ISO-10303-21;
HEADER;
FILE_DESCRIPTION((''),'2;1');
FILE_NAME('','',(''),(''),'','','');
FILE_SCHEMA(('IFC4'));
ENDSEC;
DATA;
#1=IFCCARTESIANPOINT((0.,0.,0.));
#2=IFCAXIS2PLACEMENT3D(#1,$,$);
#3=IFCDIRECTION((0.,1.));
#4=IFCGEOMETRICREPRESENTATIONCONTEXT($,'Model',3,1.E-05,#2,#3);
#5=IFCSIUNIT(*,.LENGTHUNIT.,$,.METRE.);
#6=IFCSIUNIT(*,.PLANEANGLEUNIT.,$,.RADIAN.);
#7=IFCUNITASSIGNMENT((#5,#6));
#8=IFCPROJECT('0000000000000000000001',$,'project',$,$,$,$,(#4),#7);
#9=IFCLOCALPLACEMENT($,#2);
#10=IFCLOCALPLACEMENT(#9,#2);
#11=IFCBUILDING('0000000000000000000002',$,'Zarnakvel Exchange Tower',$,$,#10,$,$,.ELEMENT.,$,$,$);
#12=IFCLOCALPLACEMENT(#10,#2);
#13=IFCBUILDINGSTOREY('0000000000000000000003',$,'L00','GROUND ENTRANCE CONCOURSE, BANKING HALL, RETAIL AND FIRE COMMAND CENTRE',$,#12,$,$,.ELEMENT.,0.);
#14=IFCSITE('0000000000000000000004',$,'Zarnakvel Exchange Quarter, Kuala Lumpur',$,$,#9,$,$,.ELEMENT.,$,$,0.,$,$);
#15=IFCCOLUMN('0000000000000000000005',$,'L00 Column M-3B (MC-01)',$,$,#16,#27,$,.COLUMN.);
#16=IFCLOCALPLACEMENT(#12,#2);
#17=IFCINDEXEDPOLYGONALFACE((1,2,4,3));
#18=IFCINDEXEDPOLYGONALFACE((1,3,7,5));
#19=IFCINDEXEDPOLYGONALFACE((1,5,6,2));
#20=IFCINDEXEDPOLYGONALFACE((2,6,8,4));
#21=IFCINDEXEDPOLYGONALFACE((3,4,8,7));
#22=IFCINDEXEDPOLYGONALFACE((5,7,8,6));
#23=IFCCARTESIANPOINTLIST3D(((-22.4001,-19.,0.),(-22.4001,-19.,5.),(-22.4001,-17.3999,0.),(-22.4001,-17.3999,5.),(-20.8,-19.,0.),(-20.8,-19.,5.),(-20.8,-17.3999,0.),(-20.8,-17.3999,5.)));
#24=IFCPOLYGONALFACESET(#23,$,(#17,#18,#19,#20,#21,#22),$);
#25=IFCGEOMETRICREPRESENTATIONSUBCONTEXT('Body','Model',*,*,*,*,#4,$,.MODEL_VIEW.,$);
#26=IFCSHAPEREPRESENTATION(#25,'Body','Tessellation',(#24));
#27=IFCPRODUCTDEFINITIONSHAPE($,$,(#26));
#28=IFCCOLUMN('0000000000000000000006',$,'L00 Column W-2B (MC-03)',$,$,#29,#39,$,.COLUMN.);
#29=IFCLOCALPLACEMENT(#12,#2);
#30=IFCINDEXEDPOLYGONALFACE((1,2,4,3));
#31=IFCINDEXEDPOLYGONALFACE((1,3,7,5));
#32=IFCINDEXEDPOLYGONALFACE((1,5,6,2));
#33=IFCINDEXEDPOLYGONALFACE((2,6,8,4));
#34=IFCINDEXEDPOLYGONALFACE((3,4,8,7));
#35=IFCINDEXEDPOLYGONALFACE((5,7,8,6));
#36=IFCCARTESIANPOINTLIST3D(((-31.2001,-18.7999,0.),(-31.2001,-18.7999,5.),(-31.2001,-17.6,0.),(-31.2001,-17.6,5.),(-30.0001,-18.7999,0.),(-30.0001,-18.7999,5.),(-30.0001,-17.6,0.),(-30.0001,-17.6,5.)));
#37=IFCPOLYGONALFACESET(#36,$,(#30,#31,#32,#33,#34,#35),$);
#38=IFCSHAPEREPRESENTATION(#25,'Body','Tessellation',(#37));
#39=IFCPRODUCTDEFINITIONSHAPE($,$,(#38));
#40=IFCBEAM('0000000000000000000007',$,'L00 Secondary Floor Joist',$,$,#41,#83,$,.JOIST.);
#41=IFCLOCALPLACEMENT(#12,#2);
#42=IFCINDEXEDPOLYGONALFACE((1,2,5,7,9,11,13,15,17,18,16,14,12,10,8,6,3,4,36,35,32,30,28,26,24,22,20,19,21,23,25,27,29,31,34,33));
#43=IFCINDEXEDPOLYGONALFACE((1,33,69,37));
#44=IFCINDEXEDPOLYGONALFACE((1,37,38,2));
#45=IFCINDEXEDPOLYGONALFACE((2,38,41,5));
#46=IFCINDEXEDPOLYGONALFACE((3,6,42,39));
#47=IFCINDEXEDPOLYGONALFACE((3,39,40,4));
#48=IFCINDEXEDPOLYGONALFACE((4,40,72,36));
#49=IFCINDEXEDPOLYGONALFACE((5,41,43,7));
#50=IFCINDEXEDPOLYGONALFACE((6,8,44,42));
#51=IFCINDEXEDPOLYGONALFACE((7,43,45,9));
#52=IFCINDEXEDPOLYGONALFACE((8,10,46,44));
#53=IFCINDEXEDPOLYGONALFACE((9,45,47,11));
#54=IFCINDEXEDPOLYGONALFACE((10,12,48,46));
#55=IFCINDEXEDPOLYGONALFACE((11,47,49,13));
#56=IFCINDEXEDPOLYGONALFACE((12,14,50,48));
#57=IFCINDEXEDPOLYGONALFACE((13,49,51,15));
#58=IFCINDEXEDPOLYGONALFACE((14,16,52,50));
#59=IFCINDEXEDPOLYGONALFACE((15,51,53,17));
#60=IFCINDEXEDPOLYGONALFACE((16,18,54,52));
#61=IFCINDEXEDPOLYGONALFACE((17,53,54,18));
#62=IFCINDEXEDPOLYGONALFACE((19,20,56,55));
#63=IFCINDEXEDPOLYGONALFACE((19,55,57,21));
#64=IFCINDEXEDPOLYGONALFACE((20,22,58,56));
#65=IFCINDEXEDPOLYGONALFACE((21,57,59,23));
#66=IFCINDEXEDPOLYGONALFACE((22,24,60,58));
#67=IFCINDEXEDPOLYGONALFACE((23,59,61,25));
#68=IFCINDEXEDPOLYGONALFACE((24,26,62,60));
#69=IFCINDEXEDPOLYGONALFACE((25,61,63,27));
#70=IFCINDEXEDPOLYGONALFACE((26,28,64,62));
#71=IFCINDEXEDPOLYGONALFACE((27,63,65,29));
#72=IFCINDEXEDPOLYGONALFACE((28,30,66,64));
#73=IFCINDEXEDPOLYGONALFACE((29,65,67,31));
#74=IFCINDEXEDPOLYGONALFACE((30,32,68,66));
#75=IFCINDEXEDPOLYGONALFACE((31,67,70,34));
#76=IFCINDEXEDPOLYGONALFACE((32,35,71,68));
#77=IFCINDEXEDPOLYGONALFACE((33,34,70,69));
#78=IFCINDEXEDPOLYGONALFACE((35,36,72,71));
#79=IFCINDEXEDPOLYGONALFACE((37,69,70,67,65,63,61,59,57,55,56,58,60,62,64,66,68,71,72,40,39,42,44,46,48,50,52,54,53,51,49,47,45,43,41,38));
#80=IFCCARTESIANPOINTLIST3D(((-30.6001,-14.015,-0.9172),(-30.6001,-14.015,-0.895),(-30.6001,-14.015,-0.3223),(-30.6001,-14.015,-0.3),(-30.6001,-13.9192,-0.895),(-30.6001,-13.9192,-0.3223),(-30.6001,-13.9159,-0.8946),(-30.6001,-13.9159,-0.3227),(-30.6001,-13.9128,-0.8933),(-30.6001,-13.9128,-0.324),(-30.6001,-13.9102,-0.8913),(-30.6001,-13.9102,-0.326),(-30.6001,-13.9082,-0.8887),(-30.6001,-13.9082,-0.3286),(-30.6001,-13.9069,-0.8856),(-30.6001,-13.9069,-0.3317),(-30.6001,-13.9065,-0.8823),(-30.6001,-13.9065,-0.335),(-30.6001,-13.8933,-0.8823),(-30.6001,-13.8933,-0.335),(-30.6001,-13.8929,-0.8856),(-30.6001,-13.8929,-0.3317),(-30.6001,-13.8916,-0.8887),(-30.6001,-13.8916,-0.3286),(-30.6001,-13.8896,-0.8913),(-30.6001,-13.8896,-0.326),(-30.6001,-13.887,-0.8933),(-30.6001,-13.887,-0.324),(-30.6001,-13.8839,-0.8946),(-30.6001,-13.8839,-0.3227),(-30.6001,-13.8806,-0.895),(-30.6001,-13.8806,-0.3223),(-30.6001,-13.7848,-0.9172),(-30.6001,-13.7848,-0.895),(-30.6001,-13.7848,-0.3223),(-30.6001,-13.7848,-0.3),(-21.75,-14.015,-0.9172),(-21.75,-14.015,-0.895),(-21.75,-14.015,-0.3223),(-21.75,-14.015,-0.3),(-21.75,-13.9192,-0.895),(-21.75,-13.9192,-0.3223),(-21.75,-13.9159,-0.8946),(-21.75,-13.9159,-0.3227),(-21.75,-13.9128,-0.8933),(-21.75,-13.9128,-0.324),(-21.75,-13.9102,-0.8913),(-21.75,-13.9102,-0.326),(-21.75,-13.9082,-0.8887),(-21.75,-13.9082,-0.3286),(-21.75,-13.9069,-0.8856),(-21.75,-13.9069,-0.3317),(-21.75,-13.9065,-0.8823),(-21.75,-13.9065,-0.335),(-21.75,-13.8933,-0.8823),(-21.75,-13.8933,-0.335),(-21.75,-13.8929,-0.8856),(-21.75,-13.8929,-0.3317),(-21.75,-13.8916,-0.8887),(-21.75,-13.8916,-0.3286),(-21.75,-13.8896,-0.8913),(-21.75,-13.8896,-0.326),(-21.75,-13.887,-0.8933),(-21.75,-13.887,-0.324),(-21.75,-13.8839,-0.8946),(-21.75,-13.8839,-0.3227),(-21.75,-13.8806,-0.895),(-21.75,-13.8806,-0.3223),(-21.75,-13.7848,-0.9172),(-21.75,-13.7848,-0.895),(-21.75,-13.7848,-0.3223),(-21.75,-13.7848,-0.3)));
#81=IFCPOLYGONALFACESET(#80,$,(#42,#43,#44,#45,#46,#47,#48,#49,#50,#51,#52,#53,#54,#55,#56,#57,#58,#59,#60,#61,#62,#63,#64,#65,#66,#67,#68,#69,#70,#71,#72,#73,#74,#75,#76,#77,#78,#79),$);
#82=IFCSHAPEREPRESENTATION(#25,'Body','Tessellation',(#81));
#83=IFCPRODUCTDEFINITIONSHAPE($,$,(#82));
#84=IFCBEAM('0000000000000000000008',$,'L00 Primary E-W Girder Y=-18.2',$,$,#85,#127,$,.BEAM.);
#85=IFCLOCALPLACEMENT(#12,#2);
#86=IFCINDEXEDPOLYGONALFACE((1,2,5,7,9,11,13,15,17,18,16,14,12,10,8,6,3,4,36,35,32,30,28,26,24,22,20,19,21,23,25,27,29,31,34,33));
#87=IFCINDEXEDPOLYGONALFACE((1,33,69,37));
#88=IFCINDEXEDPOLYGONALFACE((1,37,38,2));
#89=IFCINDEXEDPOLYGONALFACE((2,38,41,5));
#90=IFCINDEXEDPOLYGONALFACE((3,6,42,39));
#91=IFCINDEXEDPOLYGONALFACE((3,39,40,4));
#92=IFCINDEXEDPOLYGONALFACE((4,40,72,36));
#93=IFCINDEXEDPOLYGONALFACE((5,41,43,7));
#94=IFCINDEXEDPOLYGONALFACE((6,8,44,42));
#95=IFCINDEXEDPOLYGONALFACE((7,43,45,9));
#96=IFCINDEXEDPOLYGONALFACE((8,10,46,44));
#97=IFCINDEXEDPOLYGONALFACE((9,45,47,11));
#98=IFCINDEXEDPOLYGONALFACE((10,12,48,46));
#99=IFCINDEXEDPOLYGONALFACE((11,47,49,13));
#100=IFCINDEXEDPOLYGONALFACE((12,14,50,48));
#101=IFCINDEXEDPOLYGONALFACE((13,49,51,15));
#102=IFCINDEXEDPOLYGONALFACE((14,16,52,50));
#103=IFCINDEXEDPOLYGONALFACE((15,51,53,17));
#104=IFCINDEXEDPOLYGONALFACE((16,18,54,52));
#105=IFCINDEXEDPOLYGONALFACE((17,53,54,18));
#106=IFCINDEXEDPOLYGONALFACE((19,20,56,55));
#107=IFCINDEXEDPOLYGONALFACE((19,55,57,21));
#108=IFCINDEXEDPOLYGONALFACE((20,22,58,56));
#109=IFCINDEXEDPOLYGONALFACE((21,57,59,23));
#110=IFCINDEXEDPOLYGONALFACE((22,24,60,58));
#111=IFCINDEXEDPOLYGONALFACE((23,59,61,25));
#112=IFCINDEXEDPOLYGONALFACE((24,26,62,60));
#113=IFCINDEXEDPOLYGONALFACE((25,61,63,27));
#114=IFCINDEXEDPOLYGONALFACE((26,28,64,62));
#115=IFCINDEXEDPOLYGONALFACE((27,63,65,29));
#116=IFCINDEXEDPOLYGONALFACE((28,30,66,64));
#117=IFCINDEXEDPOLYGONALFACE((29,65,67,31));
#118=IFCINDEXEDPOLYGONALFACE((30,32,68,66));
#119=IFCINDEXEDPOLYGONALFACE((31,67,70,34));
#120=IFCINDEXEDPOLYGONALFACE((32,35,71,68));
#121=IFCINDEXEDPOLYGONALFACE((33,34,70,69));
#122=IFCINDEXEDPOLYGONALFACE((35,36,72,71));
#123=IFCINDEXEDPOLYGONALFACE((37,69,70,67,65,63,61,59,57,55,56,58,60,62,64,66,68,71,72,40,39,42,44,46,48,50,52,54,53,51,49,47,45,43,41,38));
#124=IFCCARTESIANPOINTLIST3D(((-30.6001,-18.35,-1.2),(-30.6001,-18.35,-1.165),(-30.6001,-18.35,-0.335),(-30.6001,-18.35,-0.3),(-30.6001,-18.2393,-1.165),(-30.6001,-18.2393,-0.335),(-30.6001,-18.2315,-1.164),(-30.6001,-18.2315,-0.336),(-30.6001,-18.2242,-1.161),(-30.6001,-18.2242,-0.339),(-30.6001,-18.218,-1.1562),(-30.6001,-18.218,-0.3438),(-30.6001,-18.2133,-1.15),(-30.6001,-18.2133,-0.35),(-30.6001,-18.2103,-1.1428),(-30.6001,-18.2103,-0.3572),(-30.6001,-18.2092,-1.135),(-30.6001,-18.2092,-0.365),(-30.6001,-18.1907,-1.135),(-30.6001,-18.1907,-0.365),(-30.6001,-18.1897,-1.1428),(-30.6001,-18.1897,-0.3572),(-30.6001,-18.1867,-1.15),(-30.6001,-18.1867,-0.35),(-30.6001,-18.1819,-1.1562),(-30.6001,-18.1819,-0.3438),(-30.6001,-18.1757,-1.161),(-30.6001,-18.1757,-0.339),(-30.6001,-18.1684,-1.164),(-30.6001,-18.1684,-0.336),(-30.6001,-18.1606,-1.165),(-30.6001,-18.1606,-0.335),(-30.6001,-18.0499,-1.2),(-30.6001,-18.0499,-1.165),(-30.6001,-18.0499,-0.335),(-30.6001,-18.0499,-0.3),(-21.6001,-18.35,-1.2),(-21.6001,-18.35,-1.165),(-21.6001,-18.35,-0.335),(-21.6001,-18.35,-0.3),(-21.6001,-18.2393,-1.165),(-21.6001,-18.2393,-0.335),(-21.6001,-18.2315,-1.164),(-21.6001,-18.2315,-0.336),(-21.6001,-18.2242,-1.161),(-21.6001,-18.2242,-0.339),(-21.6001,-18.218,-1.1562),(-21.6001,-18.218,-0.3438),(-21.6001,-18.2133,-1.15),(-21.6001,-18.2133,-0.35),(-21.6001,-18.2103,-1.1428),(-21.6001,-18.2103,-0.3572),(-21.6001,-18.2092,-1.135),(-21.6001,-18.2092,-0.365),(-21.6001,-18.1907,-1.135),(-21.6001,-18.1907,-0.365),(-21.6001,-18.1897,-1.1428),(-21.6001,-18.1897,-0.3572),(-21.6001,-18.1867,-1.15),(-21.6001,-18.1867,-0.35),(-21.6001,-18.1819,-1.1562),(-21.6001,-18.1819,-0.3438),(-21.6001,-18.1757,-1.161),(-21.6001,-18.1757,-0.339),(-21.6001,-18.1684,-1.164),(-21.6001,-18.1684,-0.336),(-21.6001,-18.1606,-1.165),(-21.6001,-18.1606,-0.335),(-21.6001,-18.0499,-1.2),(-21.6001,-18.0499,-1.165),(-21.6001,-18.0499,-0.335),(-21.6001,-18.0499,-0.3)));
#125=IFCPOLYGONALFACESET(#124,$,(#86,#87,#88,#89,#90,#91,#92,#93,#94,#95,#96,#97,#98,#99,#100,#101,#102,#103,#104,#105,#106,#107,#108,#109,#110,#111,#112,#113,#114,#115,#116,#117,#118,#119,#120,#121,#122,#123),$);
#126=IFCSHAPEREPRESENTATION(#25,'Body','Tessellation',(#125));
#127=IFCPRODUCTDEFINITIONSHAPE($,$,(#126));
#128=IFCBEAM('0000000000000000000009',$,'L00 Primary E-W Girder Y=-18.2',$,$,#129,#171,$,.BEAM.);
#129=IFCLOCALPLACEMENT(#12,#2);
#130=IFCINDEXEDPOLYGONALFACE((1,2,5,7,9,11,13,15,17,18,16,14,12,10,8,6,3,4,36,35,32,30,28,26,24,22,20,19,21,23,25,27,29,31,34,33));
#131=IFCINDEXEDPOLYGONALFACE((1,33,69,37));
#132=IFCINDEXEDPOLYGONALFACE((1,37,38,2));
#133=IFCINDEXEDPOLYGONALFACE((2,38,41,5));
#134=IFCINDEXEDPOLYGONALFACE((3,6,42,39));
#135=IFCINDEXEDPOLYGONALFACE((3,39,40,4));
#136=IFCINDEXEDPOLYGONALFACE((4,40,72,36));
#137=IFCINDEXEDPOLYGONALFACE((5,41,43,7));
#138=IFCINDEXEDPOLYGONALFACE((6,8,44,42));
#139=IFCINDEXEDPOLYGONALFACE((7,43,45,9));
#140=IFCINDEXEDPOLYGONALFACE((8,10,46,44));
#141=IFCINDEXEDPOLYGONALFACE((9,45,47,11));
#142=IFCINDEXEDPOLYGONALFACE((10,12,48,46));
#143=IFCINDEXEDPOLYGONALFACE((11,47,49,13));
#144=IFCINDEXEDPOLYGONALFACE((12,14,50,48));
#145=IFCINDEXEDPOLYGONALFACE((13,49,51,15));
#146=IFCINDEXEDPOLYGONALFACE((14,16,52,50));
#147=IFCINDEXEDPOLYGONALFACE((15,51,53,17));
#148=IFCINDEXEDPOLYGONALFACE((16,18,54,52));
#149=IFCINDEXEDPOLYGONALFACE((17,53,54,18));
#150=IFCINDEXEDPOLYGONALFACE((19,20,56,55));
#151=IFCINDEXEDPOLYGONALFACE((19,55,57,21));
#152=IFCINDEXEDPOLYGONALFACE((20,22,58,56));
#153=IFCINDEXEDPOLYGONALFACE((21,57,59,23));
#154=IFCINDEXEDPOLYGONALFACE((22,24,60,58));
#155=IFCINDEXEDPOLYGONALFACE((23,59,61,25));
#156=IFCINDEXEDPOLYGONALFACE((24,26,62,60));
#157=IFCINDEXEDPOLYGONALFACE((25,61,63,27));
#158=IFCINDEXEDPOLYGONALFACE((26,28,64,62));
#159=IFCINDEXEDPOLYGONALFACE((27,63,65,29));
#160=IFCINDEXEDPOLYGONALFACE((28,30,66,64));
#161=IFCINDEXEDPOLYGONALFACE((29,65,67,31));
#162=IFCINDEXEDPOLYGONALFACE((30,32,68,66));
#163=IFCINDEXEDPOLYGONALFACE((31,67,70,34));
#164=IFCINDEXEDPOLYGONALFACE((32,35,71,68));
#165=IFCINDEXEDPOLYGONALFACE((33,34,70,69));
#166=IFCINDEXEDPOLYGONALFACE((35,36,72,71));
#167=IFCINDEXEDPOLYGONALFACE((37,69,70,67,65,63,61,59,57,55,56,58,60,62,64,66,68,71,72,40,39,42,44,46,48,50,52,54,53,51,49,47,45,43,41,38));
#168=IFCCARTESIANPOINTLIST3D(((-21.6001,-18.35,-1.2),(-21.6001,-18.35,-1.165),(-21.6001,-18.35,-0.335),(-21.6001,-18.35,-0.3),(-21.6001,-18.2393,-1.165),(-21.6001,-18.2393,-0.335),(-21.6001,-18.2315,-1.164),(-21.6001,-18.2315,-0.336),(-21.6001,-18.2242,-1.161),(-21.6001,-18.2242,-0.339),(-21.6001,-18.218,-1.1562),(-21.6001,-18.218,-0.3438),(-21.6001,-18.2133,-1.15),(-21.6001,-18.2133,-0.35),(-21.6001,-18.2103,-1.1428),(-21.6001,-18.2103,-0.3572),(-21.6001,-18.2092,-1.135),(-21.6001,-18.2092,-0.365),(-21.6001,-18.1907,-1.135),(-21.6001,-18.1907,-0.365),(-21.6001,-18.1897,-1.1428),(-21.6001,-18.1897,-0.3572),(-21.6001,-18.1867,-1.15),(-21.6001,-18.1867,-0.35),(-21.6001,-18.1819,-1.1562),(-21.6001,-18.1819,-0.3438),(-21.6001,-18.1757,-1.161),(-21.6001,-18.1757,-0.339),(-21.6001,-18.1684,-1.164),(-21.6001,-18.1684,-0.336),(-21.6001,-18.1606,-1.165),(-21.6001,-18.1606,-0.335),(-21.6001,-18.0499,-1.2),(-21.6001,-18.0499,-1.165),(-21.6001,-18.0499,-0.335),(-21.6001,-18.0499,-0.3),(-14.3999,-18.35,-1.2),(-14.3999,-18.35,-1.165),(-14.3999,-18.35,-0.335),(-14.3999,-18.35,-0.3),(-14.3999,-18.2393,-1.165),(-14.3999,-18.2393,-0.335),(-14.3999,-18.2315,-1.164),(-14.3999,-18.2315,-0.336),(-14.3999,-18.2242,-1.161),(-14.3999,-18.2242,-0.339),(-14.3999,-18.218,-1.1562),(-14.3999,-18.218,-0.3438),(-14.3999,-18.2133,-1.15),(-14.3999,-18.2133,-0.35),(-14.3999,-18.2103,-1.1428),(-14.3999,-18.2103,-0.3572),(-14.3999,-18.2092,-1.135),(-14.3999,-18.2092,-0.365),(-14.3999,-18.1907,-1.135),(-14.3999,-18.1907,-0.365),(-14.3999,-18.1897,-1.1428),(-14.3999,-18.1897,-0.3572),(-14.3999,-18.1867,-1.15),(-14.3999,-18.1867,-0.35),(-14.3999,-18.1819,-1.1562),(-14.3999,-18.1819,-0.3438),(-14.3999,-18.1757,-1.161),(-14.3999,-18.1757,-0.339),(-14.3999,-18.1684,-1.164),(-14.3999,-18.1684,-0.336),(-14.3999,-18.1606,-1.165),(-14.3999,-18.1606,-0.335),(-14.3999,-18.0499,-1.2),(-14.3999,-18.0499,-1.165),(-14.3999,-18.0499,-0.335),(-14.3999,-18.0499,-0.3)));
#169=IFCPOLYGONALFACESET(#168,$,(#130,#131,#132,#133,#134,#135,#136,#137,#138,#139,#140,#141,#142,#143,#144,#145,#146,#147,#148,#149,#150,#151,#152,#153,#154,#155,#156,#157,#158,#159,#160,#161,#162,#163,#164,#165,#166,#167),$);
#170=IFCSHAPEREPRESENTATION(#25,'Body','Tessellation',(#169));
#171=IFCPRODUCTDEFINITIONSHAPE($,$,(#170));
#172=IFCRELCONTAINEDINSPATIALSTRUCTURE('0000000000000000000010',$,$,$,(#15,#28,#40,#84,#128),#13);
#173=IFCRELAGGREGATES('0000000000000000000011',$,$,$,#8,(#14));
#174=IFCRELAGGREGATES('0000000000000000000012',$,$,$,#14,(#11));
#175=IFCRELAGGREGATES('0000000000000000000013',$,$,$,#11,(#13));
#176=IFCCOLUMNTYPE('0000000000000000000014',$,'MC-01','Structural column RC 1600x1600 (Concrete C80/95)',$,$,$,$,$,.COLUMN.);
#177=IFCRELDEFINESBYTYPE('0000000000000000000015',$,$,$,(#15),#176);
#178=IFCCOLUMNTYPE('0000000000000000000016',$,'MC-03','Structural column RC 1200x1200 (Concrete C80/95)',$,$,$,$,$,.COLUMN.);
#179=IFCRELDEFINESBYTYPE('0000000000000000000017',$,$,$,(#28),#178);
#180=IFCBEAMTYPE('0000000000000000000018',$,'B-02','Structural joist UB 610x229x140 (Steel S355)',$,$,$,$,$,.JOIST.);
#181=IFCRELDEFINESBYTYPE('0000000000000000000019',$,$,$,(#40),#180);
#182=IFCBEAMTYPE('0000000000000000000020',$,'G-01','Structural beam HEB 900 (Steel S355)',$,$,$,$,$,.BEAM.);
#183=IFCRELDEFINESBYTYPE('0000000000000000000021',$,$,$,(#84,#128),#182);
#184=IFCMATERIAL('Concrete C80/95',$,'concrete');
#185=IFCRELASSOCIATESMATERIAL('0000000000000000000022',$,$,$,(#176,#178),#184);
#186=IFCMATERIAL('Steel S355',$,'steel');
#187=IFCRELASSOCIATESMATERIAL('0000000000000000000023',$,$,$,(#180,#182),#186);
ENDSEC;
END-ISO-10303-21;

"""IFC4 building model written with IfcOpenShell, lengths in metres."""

from ifc_helpers import new_model, si_unit, direction, frame, origin, origin_2d, place, context, subcontext, project, spatial, rectangle, i_section, extrude, material, material_profile, profile_set, type_object, element, save


model = new_model("IFC4")

# Units and contexts
model_context = context("Model", 3, precision=1e-05, world=origin(), true_north=direction((0.0, 1.0)))
body_context = subcontext(model_context, "Body", "Model", "MODEL_VIEW")
ifc_project = project(units=[si_unit("LENGTHUNIT", "METRE"), si_unit("PLANEANGLEUNIT", "RADIAN")], contexts=[model_context])

# Site, building, storey
site_placement = place(None, origin())
site = spatial("IfcSite", under=ifc_project, at=site_placement, Name="Zarnakvel Exchange Quarter, Kuala Lumpur", CompositionType="ELEMENT", RefElevation=0.0)
building_placement = place(site_placement, origin())
building = spatial("IfcBuilding", under=site, at=building_placement, Name="Zarnakvel Exchange Tower", CompositionType="ELEMENT")
storey_placement = place(building_placement, origin())
storey = spatial("IfcBuildingStorey", under=building, at=storey_placement, Name="L00", Description="GROUND ENTRANCE CONCOURSE, BANKING HALL, RETAIL AND FIRE COMMAND CENTRE", CompositionType="ELEMENT", Elevation=0.0)

# Columns
ifc_material_1 = material(Name="Concrete C80/95", Category="concrete")
ifc_material_profile_1 = material_profile(ifc_material_1, rectangle(XDim=1.6001, YDim=1.6001, at=origin_2d()))
ifc_profile_set_1 = profile_set([ifc_material_profile_1], Name="Concrete C80/95")
column_type_1 = type_object("IfcColumnType", Name="MC-01", Description="Structural column RC 1600x1600 (Concrete C80/95)", PredefinedType="COLUMN", material=ifc_profile_set_1)
column_1_placement = place(storey_placement, frame((-21.6001, -18.2, 0.0), z_axis=(0.0, 0.0, 1.0), x_axis=(1.0, 0.0, 0.0)))
element("IfcColumn", 1, at=column_1_placement, inside=storey, type_object=column_type_1, Name="L00 Column M-3B (MC-01)", PredefinedType="COLUMN", context=body_context, shape_type="SweptSolid", body=[
    extrude(rectangle(XDim=1.6001, YDim=1.6001, at=origin_2d()), origin(), (0.0, 0.0, 1.0), 5.0),
])
ifc_material_profile_2 = material_profile(ifc_material_1, rectangle(XDim=1.2, YDim=1.2, at=origin_2d()))
ifc_profile_set_2 = profile_set([ifc_material_profile_2], Name="Concrete C80/95")
column_type_2 = type_object("IfcColumnType", Name="MC-03", Description="Structural column RC 1200x1200 (Concrete C80/95)", PredefinedType="COLUMN", material=ifc_profile_set_2)
column_2_placement = place(storey_placement, frame((-30.6001, -18.2, 0.0), z_axis=(0.0, 0.0, 1.0), x_axis=(1.0, 0.0, 0.0)))
element("IfcColumn", 2, at=column_2_placement, inside=storey, type_object=column_type_2, Name="L00 Column W-2B (MC-03)", PredefinedType="COLUMN", context=body_context, shape_type="SweptSolid", body=[
    extrude(rectangle(XDim=1.2, YDim=1.2, at=origin_2d()), origin(), (0.0, 0.0, 1.0), 5.0),
])

# Beams
ifc_material_2 = material(Name="Steel S355", Category="steel")
ifc_material_profile_3 = material_profile(ifc_material_2, i_section(OverallWidth=0.2302, OverallDepth=0.6172, WebThickness=0.0132, FlangeThickness=0.0222, FilletRadius=0.0127, at=origin_2d()))
ifc_profile_set_3 = profile_set([ifc_material_profile_3], Name="Steel S355")
beam_type_1 = type_object("IfcBeamType", Name="B-02", Description="Structural joist UB 610x229x140 (Steel S355)", PredefinedType="JOIST", material=ifc_profile_set_3)
beam_1_placement = place(storey_placement, frame((-30.6001, -13.8999, -0.6086), z_axis=(1.0, 0.0, 0.0), x_axis=(0.0, 1.0, 0.0)))
element("IfcBeam", 3, at=beam_1_placement, inside=storey, type_object=beam_type_1, Name="L00 Secondary Floor Joist", PredefinedType="JOIST", context=body_context, shape_type="SweptSolid", body=[
    extrude(i_section(OverallWidth=0.2302, OverallDepth=0.6172, WebThickness=0.0132, FlangeThickness=0.0222, FilletRadius=0.0127, at=origin_2d()), origin(), (0.0, 0.0, 1.0), 8.8501),
])
ifc_material_profile_4 = material_profile(ifc_material_2, i_section(OverallWidth=0.3, OverallDepth=0.8999, WebThickness=0.0186, FlangeThickness=0.0349, FilletRadius=0.03, at=origin_2d()))
ifc_profile_set_4 = profile_set([ifc_material_profile_4], Name="Steel S355")
beam_type_2 = type_object("IfcBeamType", Name="G-01", Description="Structural beam HEB 900 (Steel S355)", PredefinedType="BEAM", material=ifc_profile_set_4)
beam_2_placement = place(storey_placement, frame((-30.6001, -18.2, -0.75), z_axis=(1.0, 0.0, 0.0), x_axis=(0.0, 1.0, 0.0)))
element("IfcBeam", 4, at=beam_2_placement, inside=storey, type_object=beam_type_2, Name="L00 Primary E-W Girder Y=-18.2", PredefinedType="BEAM", context=body_context, shape_type="SweptSolid", body=[
    extrude(i_section(OverallWidth=0.3, OverallDepth=0.8999, WebThickness=0.0186, FlangeThickness=0.0349, FilletRadius=0.03, at=origin_2d()), origin(), (0.0, 0.0, 1.0), 9.0),
])
beam_3_placement = place(storey_placement, frame((-21.6001, -18.2, -0.75), z_axis=(1.0, 0.0, 0.0), x_axis=(0.0, 1.0, 0.0)))
element("IfcBeam", 5, at=beam_3_placement, inside=storey, type_object=beam_type_2, Name="L00 Primary E-W Girder Y=-18.2", PredefinedType="BEAM", context=body_context, shape_type="SweptSolid", body=[
    extrude(i_section(OverallWidth=0.3, OverallDepth=0.8999, WebThickness=0.0186, FlangeThickness=0.0349, FilletRadius=0.03, at=origin_2d()), origin(), (0.0, 0.0, 1.0), 7.2002),
])

save(model, "model.ifc")
